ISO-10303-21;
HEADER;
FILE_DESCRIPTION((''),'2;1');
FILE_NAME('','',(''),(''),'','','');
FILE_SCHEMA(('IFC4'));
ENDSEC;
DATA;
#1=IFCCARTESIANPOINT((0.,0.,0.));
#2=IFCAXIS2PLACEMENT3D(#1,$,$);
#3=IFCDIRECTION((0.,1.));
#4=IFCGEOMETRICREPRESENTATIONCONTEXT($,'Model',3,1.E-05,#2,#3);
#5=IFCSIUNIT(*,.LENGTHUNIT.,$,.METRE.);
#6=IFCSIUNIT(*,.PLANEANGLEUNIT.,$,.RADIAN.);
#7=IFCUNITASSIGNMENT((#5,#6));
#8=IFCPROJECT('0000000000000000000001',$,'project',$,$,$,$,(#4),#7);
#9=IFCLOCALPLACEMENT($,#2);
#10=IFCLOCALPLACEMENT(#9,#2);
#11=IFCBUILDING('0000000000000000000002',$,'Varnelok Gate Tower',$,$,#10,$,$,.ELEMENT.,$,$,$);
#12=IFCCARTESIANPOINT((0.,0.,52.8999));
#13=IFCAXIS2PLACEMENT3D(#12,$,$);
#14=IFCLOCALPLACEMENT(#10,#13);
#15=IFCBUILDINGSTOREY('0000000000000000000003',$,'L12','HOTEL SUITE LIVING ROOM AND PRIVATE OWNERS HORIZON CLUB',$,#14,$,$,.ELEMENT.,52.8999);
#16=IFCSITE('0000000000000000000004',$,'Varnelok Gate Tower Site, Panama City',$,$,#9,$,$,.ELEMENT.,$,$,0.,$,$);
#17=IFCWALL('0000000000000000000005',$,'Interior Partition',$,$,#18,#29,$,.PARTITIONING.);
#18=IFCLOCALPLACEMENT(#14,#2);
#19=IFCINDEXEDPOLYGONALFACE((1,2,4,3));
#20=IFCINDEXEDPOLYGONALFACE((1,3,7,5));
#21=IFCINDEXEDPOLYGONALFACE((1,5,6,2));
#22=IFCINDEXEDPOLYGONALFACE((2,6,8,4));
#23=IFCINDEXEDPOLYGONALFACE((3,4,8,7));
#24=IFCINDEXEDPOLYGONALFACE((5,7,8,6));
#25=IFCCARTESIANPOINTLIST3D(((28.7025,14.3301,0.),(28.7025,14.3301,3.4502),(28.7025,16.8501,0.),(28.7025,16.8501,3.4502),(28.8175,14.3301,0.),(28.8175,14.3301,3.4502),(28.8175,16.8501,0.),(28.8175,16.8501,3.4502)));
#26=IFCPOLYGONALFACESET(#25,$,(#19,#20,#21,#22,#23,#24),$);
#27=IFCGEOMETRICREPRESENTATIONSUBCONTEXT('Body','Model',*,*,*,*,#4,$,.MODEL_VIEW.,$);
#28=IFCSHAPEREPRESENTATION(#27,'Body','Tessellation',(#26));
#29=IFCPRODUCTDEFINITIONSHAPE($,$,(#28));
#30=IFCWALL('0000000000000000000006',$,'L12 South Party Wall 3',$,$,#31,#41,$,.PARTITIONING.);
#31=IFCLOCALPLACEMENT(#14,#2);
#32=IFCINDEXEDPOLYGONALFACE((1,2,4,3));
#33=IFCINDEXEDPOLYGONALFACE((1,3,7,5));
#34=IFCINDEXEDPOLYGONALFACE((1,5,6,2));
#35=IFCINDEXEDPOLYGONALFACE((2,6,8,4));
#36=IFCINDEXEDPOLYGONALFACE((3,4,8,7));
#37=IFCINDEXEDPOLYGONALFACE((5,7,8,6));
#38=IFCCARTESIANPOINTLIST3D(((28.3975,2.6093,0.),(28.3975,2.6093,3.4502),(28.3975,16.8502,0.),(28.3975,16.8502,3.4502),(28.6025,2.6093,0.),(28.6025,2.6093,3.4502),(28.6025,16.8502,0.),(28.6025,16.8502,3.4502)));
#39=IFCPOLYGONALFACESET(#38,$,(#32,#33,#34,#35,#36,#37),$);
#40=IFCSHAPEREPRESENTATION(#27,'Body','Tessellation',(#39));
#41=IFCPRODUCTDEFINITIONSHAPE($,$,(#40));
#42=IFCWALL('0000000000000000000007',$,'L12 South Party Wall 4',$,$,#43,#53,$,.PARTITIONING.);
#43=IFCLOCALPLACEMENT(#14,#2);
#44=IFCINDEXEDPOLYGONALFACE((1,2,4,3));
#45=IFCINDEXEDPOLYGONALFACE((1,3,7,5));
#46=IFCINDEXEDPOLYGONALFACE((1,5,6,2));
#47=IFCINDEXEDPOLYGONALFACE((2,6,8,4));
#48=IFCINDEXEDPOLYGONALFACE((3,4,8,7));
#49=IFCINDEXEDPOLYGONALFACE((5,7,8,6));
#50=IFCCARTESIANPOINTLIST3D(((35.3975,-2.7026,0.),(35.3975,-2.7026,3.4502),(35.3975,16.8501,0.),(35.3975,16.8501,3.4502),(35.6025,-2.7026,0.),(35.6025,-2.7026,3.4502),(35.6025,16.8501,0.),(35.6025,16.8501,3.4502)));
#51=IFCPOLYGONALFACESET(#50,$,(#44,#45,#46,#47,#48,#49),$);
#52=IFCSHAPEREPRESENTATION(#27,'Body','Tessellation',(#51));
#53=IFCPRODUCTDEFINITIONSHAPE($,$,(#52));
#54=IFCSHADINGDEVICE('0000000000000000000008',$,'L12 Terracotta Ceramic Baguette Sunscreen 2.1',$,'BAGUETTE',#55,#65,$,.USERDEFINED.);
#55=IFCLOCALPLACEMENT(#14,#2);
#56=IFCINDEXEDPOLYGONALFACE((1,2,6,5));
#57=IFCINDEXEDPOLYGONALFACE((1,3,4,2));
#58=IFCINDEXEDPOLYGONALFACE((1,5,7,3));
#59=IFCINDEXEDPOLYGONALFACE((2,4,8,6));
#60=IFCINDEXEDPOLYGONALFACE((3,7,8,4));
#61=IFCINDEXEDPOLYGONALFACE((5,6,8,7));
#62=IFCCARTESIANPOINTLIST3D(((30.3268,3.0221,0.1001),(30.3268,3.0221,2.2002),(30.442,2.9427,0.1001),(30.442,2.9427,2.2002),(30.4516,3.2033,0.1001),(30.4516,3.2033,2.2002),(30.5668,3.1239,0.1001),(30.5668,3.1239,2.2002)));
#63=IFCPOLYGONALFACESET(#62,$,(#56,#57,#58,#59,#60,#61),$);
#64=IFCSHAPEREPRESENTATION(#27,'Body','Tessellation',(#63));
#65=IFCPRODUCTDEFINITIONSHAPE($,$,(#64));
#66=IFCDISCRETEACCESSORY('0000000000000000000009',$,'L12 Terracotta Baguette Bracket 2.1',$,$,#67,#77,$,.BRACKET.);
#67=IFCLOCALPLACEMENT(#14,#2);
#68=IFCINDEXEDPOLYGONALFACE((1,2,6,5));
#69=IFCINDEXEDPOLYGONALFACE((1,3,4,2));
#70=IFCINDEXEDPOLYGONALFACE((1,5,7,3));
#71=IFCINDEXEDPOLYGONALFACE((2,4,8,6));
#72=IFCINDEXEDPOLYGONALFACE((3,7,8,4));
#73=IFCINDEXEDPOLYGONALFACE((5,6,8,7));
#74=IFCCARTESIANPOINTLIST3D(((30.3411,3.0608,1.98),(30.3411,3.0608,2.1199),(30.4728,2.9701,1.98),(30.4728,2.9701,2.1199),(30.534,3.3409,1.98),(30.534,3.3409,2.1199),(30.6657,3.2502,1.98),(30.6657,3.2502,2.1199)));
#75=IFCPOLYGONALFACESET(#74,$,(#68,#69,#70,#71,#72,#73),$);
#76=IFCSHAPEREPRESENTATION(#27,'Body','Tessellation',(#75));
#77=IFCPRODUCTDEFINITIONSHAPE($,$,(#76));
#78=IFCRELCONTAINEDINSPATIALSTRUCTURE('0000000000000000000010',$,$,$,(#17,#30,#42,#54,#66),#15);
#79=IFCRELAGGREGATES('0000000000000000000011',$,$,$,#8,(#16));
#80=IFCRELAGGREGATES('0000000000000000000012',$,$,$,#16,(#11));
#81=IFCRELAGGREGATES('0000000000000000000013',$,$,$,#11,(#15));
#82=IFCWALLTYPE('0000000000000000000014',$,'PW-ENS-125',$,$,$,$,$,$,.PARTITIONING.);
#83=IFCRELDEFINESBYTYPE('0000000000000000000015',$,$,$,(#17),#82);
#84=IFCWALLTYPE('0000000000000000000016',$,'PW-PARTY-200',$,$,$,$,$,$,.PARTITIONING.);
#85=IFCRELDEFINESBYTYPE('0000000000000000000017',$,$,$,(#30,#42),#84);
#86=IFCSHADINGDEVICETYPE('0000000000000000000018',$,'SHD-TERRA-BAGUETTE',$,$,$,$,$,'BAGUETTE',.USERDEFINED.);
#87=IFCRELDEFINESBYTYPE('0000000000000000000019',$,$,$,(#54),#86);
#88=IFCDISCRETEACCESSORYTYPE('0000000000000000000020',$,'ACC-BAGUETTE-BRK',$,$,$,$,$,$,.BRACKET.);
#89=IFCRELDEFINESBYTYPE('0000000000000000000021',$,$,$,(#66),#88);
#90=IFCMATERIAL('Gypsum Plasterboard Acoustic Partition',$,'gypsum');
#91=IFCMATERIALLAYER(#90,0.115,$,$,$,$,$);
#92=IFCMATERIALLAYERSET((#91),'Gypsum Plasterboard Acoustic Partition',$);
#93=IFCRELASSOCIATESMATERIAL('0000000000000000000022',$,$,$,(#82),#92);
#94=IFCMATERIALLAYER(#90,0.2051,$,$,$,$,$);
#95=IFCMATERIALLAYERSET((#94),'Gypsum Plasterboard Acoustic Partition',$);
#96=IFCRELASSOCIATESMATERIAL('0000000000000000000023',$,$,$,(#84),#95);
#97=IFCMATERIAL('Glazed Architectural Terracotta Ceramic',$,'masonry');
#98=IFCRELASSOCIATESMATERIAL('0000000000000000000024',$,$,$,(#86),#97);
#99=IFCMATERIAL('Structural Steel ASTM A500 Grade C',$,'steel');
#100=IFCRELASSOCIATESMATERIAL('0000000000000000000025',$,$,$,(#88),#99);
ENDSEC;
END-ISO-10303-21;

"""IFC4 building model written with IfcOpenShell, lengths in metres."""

from ifc_helpers import new_model, si_unit, direction, frame, frame_2d, origin, origin_2d, place, context, subcontext, project, spatial, rectangle, extrude, source, transform, mapped, material, layer, layer_set, type_object, element, save


model = new_model("IFC4")

# Units and contexts
model_context = context("Model", 3, precision=1e-05, world=origin(), true_north=direction((0.0, 1.0)))
body_context = subcontext(model_context, "Body", "Model", "MODEL_VIEW")
ifc_project = project(units=[si_unit("LENGTHUNIT", "METRE"), si_unit("PLANEANGLEUNIT", "RADIAN")], contexts=[model_context])

# Site, building, storey
site_placement = place(None, origin())
site = spatial("IfcSite", under=ifc_project, at=site_placement, Name="Varnelok Gate Tower Site, Panama City", CompositionType="ELEMENT", RefElevation=0.0)
building_placement = place(site_placement, origin())
building = spatial("IfcBuilding", under=site, at=building_placement, Name="Varnelok Gate Tower", CompositionType="ELEMENT")
storey_placement = place(building_placement, frame((0.0, 0.0, 52.8999)))
storey = spatial("IfcBuildingStorey", under=building, at=storey_placement, Name="L12", Description="HOTEL SUITE LIVING ROOM AND PRIVATE OWNERS HORIZON CLUB", CompositionType="ELEMENT", Elevation=52.8999)

# Shared definitions
ifc_material_1 = material(Name="Gypsum Plasterboard Acoustic Partition", Category="gypsum")

# Shared definitions
ifc_layer_1 = layer(ifc_material_1, 0.115)
ifc_layer_set_1 = layer_set([ifc_layer_1], Name="Gypsum Plasterboard Acoustic Partition")
wall_type_1 = type_object("IfcWallType", Name="PW-ENS-125", PredefinedType="PARTITIONING", material=ifc_layer_set_1)

# Walls
wall_1_placement = place(storey_placement, frame((28.76, 14.3301, 0.0), z_axis=(0.0, 0.0, 1.0), x_axis=(0.0, 1.0, 0.0)))
element("IfcWall", 1, at=wall_1_placement, inside=storey, type_object=wall_type_1, Name="Interior Partition", PredefinedType="PARTITIONING", context=body_context, shape_type="SweptSolid", body=[
    extrude(rectangle(XDim=2.52, YDim=0.115, at=frame_2d((1.26, 0.0))), origin(), (0.0, 0.0, 1.0), 3.4502),
])
ifc_layer_2 = layer(ifc_material_1, 0.2051)
ifc_layer_set_2 = layer_set([ifc_layer_2], Name="Gypsum Plasterboard Acoustic Partition")
wall_type_2 = type_object("IfcWallType", Name="PW-PARTY-200", PredefinedType="PARTITIONING", material=ifc_layer_set_2)
wall_2_placement = place(storey_placement, frame((28.5, 2.6091, 0.0), z_axis=(0.0, 0.0, 1.0), x_axis=(0.0, 1.0, 0.0)))
element("IfcWall", 2, at=wall_2_placement, inside=storey, type_object=wall_type_2, Name="L12 South Party Wall 3", PredefinedType="PARTITIONING", context=body_context, shape_type="SweptSolid", body=[
    extrude(rectangle(XDim=14.241, YDim=0.2051, at=frame_2d((7.1206, 0.0))), origin(), (0.0, 0.0, 1.0), 3.4502),
])
wall_3_placement = place(storey_placement, frame((35.5, -2.7026, 0.0), z_axis=(0.0, 0.0, 1.0), x_axis=(0.0, 1.0, 0.0)))
element("IfcWall", 3, at=wall_3_placement, inside=storey, type_object=wall_type_2, Name="L12 South Party Wall 4", PredefinedType="PARTITIONING", context=body_context, shape_type="SweptSolid", body=[
    extrude(rectangle(XDim=19.5527, YDim=0.2051, at=frame_2d((9.7764, 0.0))), origin(), (0.0, 0.0, 1.0), 3.4502),
])

# Shading device
ifc_material_2 = material(Name="Glazed Architectural Terracotta Ceramic", Category="masonry")
shading_device_type = type_object("IfcShadingDeviceType", Name="SHD-TERRA-BAGUETTE", ElementType="BAGUETTE", PredefinedType="USERDEFINED", material=ifc_material_2)
shared_shape_1 = source(origin(), body_context, "Body", "SweptSolid", [
    extrude(rectangle(XDim=0.1399, YDim=0.22, at=origin_2d()), origin(), (0.0, 0.0, 1.0), 2.1001),
])
shading_device_placement = place(storey_placement, frame((30.4468, 3.073, 0.1001), z_axis=(0.0, 0.0, 1.0), x_axis=(0.823533, -0.567269, 0.0)))
element("IfcShadingDevice", 4, at=shading_device_placement, inside=storey, type_object=shading_device_type, Name="L12 Terracotta Ceramic Baguette Sunscreen 2.1", ObjectType="BAGUETTE", PredefinedType="USERDEFINED", context=body_context, shape_type="MappedRepresentation", body=[
    mapped(shared_shape_1, transform((0.0, 0.0, 0.0), scale=1.0)),
])

# Discrete accessory
ifc_material_3 = material(Name="Structural Steel ASTM A500 Grade C", Category="steel")
discrete_accessory_type = type_object("IfcDiscreteAccessoryType", Name="ACC-BAGUETTE-BRK", PredefinedType="BRACKET", material=ifc_material_3)
shared_shape_2 = source(origin(), body_context, "Body", "SweptSolid", [
    extrude(rectangle(XDim=0.1599, YDim=0.3401, at=origin_2d()), origin(), (0.0, 0.0, 1.0), 0.1399),
])
discrete_accessory_placement = place(storey_placement, frame((30.5034, 3.1555, 1.98), z_axis=(0.0, 0.0, 1.0), x_axis=(0.823533, -0.567269, 0.0)))
element("IfcDiscreteAccessory", 5, at=discrete_accessory_placement, inside=storey, type_object=discrete_accessory_type, Name="L12 Terracotta Baguette Bracket 2.1", PredefinedType="BRACKET", context=body_context, shape_type="MappedRepresentation", body=[
    mapped(shared_shape_2, transform((0.0, 0.0, 0.0), scale=1.0)),
])

save(model, "model.ifc")
